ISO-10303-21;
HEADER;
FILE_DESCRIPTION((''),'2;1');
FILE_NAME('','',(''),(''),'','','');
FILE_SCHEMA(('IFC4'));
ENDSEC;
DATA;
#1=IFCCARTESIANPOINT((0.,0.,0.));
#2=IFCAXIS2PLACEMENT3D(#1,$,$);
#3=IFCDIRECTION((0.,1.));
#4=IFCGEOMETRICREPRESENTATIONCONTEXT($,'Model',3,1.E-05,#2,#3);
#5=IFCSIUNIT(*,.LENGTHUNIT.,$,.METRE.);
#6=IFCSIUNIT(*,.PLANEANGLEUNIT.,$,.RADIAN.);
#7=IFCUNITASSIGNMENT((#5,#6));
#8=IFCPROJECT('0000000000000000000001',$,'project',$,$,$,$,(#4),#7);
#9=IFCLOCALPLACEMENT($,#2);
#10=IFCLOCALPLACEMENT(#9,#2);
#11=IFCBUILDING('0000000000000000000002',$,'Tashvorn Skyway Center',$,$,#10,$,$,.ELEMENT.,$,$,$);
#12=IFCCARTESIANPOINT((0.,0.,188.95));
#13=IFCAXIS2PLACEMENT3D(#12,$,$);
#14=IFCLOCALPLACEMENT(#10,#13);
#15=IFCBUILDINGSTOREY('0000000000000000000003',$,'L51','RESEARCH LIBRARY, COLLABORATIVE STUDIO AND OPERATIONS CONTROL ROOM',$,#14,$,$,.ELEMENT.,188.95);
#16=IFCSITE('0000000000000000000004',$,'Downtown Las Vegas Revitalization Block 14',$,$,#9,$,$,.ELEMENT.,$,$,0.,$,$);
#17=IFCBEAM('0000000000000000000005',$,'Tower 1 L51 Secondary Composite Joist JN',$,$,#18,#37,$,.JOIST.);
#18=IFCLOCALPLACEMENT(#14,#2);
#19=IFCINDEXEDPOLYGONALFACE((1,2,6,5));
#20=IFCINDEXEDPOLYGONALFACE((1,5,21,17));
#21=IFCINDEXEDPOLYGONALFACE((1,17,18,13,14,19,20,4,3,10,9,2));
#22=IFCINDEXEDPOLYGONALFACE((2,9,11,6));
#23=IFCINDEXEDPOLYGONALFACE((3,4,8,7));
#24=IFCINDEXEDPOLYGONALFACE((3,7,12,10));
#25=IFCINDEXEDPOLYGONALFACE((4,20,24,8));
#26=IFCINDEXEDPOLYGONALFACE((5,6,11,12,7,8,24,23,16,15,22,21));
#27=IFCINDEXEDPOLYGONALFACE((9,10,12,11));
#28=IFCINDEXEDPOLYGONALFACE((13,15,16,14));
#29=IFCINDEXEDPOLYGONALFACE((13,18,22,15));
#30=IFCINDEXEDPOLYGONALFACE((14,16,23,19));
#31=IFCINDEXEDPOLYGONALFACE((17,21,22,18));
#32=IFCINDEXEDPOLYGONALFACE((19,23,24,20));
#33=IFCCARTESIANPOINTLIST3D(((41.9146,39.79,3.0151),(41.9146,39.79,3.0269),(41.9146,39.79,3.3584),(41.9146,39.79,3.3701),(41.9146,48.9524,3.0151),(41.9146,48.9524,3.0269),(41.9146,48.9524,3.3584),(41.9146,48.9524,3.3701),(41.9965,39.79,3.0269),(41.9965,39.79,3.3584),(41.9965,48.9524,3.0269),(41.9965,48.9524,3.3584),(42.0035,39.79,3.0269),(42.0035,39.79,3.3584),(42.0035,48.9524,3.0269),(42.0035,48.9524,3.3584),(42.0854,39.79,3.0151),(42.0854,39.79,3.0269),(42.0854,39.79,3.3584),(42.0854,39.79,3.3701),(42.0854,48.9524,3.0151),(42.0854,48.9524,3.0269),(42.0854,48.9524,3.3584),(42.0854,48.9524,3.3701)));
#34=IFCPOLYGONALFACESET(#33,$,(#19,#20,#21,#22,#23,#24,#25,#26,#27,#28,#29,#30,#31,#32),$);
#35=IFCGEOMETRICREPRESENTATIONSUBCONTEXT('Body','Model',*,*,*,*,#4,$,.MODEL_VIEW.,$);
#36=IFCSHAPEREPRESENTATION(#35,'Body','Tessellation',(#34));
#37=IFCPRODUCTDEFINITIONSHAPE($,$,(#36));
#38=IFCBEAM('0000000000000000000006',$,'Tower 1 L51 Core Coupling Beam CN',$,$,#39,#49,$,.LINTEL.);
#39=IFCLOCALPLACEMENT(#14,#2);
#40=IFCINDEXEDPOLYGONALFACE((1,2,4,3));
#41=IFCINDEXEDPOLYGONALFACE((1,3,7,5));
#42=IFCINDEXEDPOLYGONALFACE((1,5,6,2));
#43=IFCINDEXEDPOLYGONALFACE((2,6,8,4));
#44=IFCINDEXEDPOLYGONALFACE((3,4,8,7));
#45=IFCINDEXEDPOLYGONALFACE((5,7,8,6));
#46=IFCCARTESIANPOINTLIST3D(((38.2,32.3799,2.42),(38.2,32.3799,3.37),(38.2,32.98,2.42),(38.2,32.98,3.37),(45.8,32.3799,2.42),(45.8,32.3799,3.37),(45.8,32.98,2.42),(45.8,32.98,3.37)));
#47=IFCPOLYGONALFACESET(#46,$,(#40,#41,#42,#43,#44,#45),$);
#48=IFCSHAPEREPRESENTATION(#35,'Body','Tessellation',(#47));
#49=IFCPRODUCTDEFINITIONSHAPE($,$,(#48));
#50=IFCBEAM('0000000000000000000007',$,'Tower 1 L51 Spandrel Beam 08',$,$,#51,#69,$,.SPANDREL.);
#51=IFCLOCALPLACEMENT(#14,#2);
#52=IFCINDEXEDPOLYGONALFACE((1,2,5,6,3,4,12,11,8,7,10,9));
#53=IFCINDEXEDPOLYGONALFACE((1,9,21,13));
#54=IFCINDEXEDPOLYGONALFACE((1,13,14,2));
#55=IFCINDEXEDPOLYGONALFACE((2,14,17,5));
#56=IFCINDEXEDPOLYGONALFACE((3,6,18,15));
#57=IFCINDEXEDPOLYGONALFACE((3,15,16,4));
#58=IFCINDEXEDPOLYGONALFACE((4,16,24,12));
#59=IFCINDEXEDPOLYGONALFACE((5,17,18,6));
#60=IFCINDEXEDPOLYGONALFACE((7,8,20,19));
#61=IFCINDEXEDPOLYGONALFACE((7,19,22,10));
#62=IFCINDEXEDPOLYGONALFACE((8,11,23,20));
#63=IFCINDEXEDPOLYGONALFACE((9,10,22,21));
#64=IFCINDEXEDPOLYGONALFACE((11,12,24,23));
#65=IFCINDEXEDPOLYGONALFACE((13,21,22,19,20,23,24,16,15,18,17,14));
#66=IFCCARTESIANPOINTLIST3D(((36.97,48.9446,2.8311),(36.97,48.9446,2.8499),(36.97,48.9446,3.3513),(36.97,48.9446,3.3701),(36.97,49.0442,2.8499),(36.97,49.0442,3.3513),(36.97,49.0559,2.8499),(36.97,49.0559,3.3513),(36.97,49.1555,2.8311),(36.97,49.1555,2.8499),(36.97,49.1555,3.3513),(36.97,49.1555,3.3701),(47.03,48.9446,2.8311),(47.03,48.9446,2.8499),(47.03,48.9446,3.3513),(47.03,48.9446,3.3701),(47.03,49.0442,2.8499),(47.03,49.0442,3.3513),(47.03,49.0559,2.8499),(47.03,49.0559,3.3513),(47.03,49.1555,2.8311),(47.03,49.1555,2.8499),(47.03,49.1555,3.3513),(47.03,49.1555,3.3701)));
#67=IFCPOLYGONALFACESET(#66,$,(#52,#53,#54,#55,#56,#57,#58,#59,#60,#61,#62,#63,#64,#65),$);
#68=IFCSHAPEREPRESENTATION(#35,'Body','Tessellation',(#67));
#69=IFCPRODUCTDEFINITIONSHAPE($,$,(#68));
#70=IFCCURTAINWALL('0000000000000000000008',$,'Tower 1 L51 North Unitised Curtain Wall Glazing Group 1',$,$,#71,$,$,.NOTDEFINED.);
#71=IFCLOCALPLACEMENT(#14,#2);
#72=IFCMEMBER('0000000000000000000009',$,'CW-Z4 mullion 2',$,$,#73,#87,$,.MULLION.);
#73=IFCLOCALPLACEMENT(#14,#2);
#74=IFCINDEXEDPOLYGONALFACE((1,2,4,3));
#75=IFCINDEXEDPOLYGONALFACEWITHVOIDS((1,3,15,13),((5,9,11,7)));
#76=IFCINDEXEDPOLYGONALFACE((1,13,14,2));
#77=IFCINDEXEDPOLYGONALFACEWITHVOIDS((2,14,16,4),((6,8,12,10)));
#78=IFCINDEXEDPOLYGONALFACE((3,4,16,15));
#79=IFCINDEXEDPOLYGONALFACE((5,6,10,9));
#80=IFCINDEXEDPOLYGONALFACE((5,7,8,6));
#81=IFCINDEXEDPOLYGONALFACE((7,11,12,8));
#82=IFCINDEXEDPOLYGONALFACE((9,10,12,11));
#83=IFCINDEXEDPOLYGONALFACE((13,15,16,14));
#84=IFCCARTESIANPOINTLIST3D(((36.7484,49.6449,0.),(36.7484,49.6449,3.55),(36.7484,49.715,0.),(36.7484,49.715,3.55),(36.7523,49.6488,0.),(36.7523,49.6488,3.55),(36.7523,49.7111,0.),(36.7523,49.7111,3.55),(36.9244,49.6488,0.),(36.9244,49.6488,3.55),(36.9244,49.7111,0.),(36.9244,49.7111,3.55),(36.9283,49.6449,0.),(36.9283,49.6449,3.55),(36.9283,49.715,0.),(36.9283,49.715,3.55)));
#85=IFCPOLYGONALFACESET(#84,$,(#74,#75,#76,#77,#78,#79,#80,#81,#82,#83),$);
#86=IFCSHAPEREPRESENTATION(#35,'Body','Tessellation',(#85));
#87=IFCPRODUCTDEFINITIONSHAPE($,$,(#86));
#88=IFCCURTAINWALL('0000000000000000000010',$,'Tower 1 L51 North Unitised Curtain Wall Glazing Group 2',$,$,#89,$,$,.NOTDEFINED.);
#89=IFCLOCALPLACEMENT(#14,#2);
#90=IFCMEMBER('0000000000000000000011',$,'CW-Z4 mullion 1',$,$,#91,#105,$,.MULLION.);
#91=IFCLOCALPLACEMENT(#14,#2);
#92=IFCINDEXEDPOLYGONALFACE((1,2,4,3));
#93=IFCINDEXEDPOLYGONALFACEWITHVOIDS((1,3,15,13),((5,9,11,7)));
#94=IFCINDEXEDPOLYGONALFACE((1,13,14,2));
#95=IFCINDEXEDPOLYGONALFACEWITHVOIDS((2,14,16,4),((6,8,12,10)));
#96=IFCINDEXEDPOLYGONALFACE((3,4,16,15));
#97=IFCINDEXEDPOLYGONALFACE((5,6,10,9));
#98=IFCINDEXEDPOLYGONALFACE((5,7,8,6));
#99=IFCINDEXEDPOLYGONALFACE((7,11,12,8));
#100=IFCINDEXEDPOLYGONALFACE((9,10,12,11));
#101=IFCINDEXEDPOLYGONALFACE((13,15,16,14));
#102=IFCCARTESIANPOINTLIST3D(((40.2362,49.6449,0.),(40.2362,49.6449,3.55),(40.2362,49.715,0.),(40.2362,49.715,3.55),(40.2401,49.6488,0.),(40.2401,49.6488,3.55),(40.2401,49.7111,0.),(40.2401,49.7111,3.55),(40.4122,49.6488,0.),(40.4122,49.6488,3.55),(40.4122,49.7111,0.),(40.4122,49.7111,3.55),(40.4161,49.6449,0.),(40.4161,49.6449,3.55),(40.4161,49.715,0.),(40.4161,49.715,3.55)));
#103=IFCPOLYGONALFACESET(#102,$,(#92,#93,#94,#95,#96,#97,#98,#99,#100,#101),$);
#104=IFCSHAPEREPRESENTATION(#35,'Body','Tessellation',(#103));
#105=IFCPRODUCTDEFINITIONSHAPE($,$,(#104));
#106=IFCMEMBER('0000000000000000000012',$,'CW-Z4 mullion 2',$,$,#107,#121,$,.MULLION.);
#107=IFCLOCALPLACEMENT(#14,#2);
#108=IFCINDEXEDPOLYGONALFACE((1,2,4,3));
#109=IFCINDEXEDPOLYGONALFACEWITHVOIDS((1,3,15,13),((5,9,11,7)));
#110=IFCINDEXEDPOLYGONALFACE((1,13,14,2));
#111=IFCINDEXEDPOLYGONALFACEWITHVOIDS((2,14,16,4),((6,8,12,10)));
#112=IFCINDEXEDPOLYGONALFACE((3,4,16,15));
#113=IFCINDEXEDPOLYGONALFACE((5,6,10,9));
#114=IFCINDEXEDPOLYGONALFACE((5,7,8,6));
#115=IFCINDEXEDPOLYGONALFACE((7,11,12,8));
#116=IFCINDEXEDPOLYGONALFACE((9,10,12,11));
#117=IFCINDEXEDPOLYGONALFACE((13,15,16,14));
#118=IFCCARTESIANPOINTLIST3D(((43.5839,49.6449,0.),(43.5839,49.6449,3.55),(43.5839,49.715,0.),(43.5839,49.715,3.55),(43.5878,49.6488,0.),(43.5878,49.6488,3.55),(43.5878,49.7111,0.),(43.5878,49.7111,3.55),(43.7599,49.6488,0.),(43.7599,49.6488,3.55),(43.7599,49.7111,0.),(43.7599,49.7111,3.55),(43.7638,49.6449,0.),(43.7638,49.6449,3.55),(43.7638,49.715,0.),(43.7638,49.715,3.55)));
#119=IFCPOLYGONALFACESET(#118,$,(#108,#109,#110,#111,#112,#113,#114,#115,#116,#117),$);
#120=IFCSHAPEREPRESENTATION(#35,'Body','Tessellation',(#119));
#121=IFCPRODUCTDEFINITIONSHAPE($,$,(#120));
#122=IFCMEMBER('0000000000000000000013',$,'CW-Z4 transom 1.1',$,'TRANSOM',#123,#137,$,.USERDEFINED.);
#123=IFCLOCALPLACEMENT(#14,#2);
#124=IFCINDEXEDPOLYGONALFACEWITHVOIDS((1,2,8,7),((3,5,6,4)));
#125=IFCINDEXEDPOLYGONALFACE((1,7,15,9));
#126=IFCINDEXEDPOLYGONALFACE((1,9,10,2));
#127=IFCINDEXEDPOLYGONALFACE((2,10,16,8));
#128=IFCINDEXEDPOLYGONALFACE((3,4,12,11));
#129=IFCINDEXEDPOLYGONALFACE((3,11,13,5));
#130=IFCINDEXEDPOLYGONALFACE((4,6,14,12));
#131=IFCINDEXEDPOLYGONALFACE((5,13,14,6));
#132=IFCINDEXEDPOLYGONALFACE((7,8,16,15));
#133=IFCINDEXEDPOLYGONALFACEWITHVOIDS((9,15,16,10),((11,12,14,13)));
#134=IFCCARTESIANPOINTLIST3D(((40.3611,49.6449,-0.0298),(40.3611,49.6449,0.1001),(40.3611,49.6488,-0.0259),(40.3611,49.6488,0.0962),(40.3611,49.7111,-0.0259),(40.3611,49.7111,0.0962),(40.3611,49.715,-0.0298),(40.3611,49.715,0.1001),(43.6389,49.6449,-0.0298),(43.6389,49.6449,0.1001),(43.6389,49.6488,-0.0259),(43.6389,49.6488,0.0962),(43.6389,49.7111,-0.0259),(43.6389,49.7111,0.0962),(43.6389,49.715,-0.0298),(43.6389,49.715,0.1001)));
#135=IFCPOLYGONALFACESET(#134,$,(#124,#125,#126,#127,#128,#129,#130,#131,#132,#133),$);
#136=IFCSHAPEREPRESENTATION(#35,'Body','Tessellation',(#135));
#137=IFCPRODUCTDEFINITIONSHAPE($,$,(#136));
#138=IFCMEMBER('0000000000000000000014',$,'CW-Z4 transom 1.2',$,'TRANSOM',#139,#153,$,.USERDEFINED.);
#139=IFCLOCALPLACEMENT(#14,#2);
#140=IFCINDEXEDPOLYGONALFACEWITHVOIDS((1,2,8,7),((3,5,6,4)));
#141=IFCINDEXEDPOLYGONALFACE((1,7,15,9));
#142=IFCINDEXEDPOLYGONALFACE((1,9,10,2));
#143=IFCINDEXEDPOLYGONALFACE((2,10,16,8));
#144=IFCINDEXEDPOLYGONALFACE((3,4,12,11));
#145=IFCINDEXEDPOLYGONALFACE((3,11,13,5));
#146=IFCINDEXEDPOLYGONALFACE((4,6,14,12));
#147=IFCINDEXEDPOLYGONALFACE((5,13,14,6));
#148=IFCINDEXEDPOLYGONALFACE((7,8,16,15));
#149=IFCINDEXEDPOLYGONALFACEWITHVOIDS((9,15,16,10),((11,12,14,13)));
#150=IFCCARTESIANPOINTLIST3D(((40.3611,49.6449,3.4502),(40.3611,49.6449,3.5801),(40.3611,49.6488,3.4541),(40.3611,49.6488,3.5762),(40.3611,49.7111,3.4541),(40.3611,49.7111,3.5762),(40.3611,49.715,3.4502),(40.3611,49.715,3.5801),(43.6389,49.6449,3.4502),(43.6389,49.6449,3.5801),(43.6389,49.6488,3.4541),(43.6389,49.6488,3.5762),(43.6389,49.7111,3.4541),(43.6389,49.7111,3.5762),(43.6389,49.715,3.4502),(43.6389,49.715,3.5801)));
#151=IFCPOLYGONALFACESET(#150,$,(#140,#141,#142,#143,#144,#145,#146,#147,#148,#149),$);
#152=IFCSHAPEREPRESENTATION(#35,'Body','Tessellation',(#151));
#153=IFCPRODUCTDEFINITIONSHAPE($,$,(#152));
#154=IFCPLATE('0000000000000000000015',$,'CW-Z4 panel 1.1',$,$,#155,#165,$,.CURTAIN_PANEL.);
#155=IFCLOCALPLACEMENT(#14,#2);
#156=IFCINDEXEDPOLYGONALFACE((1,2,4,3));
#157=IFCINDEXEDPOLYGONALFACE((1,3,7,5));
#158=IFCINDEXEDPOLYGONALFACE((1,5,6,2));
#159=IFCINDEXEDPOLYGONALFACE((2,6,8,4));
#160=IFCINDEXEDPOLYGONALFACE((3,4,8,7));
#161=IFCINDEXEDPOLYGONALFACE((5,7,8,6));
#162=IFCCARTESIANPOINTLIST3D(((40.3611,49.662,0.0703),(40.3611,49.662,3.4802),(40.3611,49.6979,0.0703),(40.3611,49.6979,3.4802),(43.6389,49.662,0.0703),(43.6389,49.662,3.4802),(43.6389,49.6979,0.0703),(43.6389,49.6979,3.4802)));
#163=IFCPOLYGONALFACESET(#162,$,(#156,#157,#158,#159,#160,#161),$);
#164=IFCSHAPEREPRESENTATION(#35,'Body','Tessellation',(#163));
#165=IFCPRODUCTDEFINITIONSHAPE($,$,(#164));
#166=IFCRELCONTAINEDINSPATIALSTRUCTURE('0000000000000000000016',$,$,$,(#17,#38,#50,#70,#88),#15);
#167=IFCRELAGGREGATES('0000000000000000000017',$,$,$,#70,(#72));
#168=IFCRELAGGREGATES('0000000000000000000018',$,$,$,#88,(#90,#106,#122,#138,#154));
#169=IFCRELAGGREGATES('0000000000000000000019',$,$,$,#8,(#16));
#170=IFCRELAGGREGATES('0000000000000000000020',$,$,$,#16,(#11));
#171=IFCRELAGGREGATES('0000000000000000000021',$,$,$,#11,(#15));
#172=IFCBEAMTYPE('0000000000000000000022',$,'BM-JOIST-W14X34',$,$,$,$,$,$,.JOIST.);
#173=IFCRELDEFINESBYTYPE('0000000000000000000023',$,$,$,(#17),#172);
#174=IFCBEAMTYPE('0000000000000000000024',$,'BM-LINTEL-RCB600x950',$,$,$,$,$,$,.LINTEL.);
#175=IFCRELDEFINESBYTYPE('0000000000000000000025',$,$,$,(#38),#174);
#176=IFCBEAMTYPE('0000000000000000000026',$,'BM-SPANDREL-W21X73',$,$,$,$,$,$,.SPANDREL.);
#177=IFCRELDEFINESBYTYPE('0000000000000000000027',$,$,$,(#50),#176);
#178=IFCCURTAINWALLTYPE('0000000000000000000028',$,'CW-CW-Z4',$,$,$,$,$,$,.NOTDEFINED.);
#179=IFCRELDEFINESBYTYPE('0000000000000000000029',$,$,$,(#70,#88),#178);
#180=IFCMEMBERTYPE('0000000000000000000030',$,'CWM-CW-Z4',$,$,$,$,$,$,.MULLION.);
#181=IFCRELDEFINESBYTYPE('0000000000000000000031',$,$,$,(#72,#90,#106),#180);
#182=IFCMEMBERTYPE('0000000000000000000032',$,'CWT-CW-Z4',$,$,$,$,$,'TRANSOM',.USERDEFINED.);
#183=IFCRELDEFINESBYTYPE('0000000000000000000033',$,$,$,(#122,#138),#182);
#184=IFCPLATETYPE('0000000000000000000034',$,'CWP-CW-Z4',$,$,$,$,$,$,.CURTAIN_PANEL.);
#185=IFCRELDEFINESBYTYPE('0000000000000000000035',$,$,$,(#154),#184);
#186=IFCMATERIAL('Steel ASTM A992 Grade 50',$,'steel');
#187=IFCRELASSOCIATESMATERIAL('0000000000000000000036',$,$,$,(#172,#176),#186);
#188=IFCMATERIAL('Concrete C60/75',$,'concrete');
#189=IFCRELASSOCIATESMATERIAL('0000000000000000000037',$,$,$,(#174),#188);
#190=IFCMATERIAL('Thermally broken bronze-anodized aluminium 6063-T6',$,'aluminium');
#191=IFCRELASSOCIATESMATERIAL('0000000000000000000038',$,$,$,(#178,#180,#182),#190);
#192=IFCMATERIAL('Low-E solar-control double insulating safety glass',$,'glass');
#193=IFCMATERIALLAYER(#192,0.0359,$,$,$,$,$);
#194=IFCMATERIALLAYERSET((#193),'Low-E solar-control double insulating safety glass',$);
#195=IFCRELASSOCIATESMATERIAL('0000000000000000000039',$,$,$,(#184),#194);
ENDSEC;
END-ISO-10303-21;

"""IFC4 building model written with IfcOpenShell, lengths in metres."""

from ifc_helpers import new_model, si_unit, direction, frame, origin, origin_2d, place, context, subcontext, project, spatial, rectangle, hollow_rectangle, i_section, extrude, material, layer, layer_set, material_profile, profile_set, type_object, element, aggregate, save


model = new_model("IFC4")

# Units and contexts
model_context = context("Model", 3, precision=1e-05, world=origin(), true_north=direction((0.0, 1.0)))
body_context = subcontext(model_context, "Body", "Model", "MODEL_VIEW")
ifc_project = project(units=[si_unit("LENGTHUNIT", "METRE"), si_unit("PLANEANGLEUNIT", "RADIAN")], contexts=[model_context])

# Site, building, storey
site_placement = place(None, origin())
site = spatial("IfcSite", under=ifc_project, at=site_placement, Name="Downtown Las Vegas Revitalization Block 14", CompositionType="ELEMENT", RefElevation=0.0)
building_placement = place(site_placement, origin())
building = spatial("IfcBuilding", under=site, at=building_placement, Name="Tashvorn Skyway Center", CompositionType="ELEMENT")
storey_placement = place(building_placement, frame((0.0, 0.0, 188.95)))
storey = spatial("IfcBuildingStorey", under=building, at=storey_placement, Name="L51", Description="RESEARCH LIBRARY, COLLABORATIVE STUDIO AND OPERATIONS CONTROL ROOM", CompositionType="ELEMENT", Elevation=188.95)

# Beams
ifc_material_1 = material(Name="Steel ASTM A992 Grade 50", Category="steel")
ifc_material_profile_1 = material_profile(ifc_material_1, i_section(OverallWidth=0.1709, OverallDepth=0.355, WebThickness=0.0071, FlangeThickness=0.0117, at=origin_2d()), Name="W14X34")
ifc_profile_set_1 = profile_set([ifc_material_profile_1], Name="Steel ASTM A992 Grade 50")
beam_type_1 = type_object("IfcBeamType", Name="BM-JOIST-W14X34", PredefinedType="JOIST", material=ifc_profile_set_1)
beam_1_placement = place(storey_placement, frame((42.0, 39.79, 3.1926), z_axis=(0.0, 1.0, 0.0), x_axis=(-1.0, 0.0, 0.0)))
element("IfcBeam", 1, at=beam_1_placement, inside=storey, type_object=beam_type_1, Name="Tower 1 L51 Secondary Composite Joist JN", PredefinedType="JOIST", context=body_context, shape_type="SweptSolid", body=[
    extrude(i_section(OverallWidth=0.1709, OverallDepth=0.355, WebThickness=0.0071, FlangeThickness=0.0117, at=origin_2d()), origin(), (0.0, 0.0, 1.0), 9.1624),
])
ifc_material_2 = material(Name="Concrete C60/75", Category="concrete")
ifc_material_profile_2 = material_profile(ifc_material_2, rectangle(XDim=0.6001, YDim=0.95, at=origin_2d()), Name="RCB600x950")
ifc_profile_set_2 = profile_set([ifc_material_profile_2], Name="Concrete C60/75")
beam_type_2 = type_object("IfcBeamType", Name="BM-LINTEL-RCB600x950", PredefinedType="LINTEL", material=ifc_profile_set_2)
beam_2_placement = place(storey_placement, frame((38.2, 32.6799, 2.895), z_axis=(1.0, 0.0, 0.0), x_axis=(0.0, 1.0, 0.0)))
element("IfcBeam", 2, at=beam_2_placement, inside=storey, type_object=beam_type_2, Name="Tower 1 L51 Core Coupling Beam CN", PredefinedType="LINTEL", context=body_context, shape_type="SweptSolid", body=[
    extrude(rectangle(XDim=0.6001, YDim=0.95, at=origin_2d()), origin(), (0.0, 0.0, 1.0), 7.6001),
])
ifc_material_profile_3 = material_profile(ifc_material_1, i_section(OverallWidth=0.2109, OverallDepth=0.5391, WebThickness=0.0117, FlangeThickness=0.0188, at=origin_2d()), Name="W21X73")
ifc_profile_set_3 = profile_set([ifc_material_profile_3], Name="Steel ASTM A992 Grade 50")
beam_type_3 = type_object("IfcBeamType", Name="BM-SPANDREL-W21X73", PredefinedType="SPANDREL", material=ifc_profile_set_3)
beam_3_placement = place(storey_placement, frame((47.03, 49.05, 3.1006), z_axis=(-1.0, 0.0, 0.0), x_axis=(0.0, -1.0, 0.0)))
element("IfcBeam", 3, at=beam_3_placement, inside=storey, type_object=beam_type_3, Name="Tower 1 L51 Spandrel Beam 08", PredefinedType="SPANDREL", context=body_context, shape_type="SweptSolid", body=[
    extrude(i_section(OverallWidth=0.2109, OverallDepth=0.5391, WebThickness=0.0117, FlangeThickness=0.0188, at=origin_2d()), origin(), (0.0, 0.0, 1.0), 10.0601),
])

# Curtain wall, member
ifc_material_3 = material(Name="Thermally broken bronze-anodized aluminium 6063-T6", Category="aluminium")
curtain_wall_type = type_object("IfcCurtainWallType", Name="CW-CW-Z4", PredefinedType="NOTDEFINED", material=ifc_material_3)
curtain_wall_1_placement = place(storey_placement, origin())
curtain_wall_1 = element("IfcCurtainWall", 4, at=curtain_wall_1_placement, inside=storey, type_object=curtain_wall_type, Name="Tower 1 L51 North Unitised Curtain Wall Glazing Group 1", PredefinedType="NOTDEFINED")
ifc_material_profile_4 = material_profile(ifc_material_3, hollow_rectangle(XDim=0.0701, YDim=0.1799, WallThickness=0.0039, at=origin_2d()), Name="ALU-MULL-70x180")
ifc_profile_set_4 = profile_set([ifc_material_profile_4], Name="Thermally broken bronze-anodized aluminium 6063-T6")
member_type_1 = type_object("IfcMemberType", Name="CWM-CW-Z4", PredefinedType="MULLION", material=ifc_profile_set_4)
member_1_placement = place(storey_placement, frame((36.8384, 49.6799, 0.0), z_axis=(0.0, 0.0, 1.0), x_axis=(0.0, 1.0, 0.0)))
member_1 = element("IfcMember", 5, at=member_1_placement, type_object=member_type_1, Name="CW-Z4 mullion 2", PredefinedType="MULLION", context=body_context, shape_type="SweptSolid", body=[
    extrude(hollow_rectangle(XDim=0.0701, YDim=0.1799, WallThickness=0.0039, at=origin_2d()), origin(), (0.0, 0.0, 1.0), 3.55),
])
aggregate(curtain_wall_1, [member_1])

# Curtain wall, members, plate
curtain_wall_2_placement = place(storey_placement, origin())
curtain_wall_2 = element("IfcCurtainWall", 6, at=curtain_wall_2_placement, inside=storey, type_object=curtain_wall_type, Name="Tower 1 L51 North Unitised Curtain Wall Glazing Group 2", PredefinedType="NOTDEFINED")
member_2_placement = place(storey_placement, frame((40.3262, 49.6799, 0.0), z_axis=(0.0, 0.0, 1.0), x_axis=(0.0, 1.0, 0.0)))
member_2 = element("IfcMember", 7, at=member_2_placement, type_object=member_type_1, Name="CW-Z4 mullion 1", PredefinedType="MULLION", context=body_context, shape_type="SweptSolid", body=[
    extrude(hollow_rectangle(XDim=0.0701, YDim=0.1799, WallThickness=0.0039, at=origin_2d()), origin(), (0.0, 0.0, 1.0), 3.55),
])
member_3_placement = place(storey_placement, frame((43.6738, 49.6799, 0.0), z_axis=(0.0, 0.0, 1.0), x_axis=(0.0, 1.0, 0.0)))
member_3 = element("IfcMember", 8, at=member_3_placement, type_object=member_type_1, Name="CW-Z4 mullion 2", PredefinedType="MULLION", context=body_context, shape_type="SweptSolid", body=[
    extrude(hollow_rectangle(XDim=0.0701, YDim=0.1799, WallThickness=0.0039, at=origin_2d()), origin(), (0.0, 0.0, 1.0), 3.55),
])
ifc_material_profile_5 = material_profile(ifc_material_3, hollow_rectangle(XDim=0.0701, YDim=0.1299, WallThickness=0.0039, at=origin_2d()), Name="ALU-TRAN-70x130")
ifc_profile_set_5 = profile_set([ifc_material_profile_5], Name="Thermally broken bronze-anodized aluminium 6063-T6")
member_type_2 = type_object("IfcMemberType", Name="CWT-CW-Z4", ElementType="TRANSOM", PredefinedType="USERDEFINED", material=ifc_profile_set_5)
member_4_placement = place(storey_placement, frame((40.3611, 49.6799, 0.0352), z_axis=(1.0, 0.0, 0.0), x_axis=(0.0, 1.0, 0.0)))
member_4 = element("IfcMember", 9, at=member_4_placement, type_object=member_type_2, Name="CW-Z4 transom 1.1", ObjectType="TRANSOM", PredefinedType="USERDEFINED", context=body_context, shape_type="SweptSolid", body=[
    extrude(hollow_rectangle(XDim=0.0701, YDim=0.1299, WallThickness=0.0039, at=origin_2d()), origin(), (0.0, 0.0, 1.0), 3.2778),
])
member_5_placement = place(storey_placement, frame((40.3611, 49.6799, 3.5151), z_axis=(1.0, 0.0, 0.0), x_axis=(0.0, 1.0, 0.0)))
member_5 = element("IfcMember", 10, at=member_5_placement, type_object=member_type_2, Name="CW-Z4 transom 1.2", ObjectType="TRANSOM", PredefinedType="USERDEFINED", context=body_context, shape_type="SweptSolid", body=[
    extrude(hollow_rectangle(XDim=0.0701, YDim=0.1299, WallThickness=0.0039, at=origin_2d()), origin(), (0.0, 0.0, 1.0), 3.2778),
])
ifc_material_4 = material(Name="Low-E solar-control double insulating safety glass", Category="glass")
ifc_layer_1 = layer(ifc_material_4, 0.0359)
ifc_layer_set_1 = layer_set([ifc_layer_1], Name="Low-E solar-control double insulating safety glass")
plate_type = type_object("IfcPlateType", Name="CWP-CW-Z4", PredefinedType="CURTAIN_PANEL", material=ifc_layer_set_1)
plate_placement = place(storey_placement, frame((42.0, 49.6799, 0.0703), z_axis=(0.0, 0.0, 1.0), x_axis=(1.0, 0.0, 0.0)))
plate = element("IfcPlate", 11, at=plate_placement, type_object=plate_type, Name="CW-Z4 panel 1.1", PredefinedType="CURTAIN_PANEL", context=body_context, shape_type="SweptSolid", body=[
    extrude(rectangle(XDim=3.2778, YDim=0.0359, at=origin_2d()), origin(), (0.0, 0.0, 1.0), 3.4099),
])
aggregate(curtain_wall_2, [member_2, member_3, member_4, member_5, plate])

save(model, "model.ifc")
